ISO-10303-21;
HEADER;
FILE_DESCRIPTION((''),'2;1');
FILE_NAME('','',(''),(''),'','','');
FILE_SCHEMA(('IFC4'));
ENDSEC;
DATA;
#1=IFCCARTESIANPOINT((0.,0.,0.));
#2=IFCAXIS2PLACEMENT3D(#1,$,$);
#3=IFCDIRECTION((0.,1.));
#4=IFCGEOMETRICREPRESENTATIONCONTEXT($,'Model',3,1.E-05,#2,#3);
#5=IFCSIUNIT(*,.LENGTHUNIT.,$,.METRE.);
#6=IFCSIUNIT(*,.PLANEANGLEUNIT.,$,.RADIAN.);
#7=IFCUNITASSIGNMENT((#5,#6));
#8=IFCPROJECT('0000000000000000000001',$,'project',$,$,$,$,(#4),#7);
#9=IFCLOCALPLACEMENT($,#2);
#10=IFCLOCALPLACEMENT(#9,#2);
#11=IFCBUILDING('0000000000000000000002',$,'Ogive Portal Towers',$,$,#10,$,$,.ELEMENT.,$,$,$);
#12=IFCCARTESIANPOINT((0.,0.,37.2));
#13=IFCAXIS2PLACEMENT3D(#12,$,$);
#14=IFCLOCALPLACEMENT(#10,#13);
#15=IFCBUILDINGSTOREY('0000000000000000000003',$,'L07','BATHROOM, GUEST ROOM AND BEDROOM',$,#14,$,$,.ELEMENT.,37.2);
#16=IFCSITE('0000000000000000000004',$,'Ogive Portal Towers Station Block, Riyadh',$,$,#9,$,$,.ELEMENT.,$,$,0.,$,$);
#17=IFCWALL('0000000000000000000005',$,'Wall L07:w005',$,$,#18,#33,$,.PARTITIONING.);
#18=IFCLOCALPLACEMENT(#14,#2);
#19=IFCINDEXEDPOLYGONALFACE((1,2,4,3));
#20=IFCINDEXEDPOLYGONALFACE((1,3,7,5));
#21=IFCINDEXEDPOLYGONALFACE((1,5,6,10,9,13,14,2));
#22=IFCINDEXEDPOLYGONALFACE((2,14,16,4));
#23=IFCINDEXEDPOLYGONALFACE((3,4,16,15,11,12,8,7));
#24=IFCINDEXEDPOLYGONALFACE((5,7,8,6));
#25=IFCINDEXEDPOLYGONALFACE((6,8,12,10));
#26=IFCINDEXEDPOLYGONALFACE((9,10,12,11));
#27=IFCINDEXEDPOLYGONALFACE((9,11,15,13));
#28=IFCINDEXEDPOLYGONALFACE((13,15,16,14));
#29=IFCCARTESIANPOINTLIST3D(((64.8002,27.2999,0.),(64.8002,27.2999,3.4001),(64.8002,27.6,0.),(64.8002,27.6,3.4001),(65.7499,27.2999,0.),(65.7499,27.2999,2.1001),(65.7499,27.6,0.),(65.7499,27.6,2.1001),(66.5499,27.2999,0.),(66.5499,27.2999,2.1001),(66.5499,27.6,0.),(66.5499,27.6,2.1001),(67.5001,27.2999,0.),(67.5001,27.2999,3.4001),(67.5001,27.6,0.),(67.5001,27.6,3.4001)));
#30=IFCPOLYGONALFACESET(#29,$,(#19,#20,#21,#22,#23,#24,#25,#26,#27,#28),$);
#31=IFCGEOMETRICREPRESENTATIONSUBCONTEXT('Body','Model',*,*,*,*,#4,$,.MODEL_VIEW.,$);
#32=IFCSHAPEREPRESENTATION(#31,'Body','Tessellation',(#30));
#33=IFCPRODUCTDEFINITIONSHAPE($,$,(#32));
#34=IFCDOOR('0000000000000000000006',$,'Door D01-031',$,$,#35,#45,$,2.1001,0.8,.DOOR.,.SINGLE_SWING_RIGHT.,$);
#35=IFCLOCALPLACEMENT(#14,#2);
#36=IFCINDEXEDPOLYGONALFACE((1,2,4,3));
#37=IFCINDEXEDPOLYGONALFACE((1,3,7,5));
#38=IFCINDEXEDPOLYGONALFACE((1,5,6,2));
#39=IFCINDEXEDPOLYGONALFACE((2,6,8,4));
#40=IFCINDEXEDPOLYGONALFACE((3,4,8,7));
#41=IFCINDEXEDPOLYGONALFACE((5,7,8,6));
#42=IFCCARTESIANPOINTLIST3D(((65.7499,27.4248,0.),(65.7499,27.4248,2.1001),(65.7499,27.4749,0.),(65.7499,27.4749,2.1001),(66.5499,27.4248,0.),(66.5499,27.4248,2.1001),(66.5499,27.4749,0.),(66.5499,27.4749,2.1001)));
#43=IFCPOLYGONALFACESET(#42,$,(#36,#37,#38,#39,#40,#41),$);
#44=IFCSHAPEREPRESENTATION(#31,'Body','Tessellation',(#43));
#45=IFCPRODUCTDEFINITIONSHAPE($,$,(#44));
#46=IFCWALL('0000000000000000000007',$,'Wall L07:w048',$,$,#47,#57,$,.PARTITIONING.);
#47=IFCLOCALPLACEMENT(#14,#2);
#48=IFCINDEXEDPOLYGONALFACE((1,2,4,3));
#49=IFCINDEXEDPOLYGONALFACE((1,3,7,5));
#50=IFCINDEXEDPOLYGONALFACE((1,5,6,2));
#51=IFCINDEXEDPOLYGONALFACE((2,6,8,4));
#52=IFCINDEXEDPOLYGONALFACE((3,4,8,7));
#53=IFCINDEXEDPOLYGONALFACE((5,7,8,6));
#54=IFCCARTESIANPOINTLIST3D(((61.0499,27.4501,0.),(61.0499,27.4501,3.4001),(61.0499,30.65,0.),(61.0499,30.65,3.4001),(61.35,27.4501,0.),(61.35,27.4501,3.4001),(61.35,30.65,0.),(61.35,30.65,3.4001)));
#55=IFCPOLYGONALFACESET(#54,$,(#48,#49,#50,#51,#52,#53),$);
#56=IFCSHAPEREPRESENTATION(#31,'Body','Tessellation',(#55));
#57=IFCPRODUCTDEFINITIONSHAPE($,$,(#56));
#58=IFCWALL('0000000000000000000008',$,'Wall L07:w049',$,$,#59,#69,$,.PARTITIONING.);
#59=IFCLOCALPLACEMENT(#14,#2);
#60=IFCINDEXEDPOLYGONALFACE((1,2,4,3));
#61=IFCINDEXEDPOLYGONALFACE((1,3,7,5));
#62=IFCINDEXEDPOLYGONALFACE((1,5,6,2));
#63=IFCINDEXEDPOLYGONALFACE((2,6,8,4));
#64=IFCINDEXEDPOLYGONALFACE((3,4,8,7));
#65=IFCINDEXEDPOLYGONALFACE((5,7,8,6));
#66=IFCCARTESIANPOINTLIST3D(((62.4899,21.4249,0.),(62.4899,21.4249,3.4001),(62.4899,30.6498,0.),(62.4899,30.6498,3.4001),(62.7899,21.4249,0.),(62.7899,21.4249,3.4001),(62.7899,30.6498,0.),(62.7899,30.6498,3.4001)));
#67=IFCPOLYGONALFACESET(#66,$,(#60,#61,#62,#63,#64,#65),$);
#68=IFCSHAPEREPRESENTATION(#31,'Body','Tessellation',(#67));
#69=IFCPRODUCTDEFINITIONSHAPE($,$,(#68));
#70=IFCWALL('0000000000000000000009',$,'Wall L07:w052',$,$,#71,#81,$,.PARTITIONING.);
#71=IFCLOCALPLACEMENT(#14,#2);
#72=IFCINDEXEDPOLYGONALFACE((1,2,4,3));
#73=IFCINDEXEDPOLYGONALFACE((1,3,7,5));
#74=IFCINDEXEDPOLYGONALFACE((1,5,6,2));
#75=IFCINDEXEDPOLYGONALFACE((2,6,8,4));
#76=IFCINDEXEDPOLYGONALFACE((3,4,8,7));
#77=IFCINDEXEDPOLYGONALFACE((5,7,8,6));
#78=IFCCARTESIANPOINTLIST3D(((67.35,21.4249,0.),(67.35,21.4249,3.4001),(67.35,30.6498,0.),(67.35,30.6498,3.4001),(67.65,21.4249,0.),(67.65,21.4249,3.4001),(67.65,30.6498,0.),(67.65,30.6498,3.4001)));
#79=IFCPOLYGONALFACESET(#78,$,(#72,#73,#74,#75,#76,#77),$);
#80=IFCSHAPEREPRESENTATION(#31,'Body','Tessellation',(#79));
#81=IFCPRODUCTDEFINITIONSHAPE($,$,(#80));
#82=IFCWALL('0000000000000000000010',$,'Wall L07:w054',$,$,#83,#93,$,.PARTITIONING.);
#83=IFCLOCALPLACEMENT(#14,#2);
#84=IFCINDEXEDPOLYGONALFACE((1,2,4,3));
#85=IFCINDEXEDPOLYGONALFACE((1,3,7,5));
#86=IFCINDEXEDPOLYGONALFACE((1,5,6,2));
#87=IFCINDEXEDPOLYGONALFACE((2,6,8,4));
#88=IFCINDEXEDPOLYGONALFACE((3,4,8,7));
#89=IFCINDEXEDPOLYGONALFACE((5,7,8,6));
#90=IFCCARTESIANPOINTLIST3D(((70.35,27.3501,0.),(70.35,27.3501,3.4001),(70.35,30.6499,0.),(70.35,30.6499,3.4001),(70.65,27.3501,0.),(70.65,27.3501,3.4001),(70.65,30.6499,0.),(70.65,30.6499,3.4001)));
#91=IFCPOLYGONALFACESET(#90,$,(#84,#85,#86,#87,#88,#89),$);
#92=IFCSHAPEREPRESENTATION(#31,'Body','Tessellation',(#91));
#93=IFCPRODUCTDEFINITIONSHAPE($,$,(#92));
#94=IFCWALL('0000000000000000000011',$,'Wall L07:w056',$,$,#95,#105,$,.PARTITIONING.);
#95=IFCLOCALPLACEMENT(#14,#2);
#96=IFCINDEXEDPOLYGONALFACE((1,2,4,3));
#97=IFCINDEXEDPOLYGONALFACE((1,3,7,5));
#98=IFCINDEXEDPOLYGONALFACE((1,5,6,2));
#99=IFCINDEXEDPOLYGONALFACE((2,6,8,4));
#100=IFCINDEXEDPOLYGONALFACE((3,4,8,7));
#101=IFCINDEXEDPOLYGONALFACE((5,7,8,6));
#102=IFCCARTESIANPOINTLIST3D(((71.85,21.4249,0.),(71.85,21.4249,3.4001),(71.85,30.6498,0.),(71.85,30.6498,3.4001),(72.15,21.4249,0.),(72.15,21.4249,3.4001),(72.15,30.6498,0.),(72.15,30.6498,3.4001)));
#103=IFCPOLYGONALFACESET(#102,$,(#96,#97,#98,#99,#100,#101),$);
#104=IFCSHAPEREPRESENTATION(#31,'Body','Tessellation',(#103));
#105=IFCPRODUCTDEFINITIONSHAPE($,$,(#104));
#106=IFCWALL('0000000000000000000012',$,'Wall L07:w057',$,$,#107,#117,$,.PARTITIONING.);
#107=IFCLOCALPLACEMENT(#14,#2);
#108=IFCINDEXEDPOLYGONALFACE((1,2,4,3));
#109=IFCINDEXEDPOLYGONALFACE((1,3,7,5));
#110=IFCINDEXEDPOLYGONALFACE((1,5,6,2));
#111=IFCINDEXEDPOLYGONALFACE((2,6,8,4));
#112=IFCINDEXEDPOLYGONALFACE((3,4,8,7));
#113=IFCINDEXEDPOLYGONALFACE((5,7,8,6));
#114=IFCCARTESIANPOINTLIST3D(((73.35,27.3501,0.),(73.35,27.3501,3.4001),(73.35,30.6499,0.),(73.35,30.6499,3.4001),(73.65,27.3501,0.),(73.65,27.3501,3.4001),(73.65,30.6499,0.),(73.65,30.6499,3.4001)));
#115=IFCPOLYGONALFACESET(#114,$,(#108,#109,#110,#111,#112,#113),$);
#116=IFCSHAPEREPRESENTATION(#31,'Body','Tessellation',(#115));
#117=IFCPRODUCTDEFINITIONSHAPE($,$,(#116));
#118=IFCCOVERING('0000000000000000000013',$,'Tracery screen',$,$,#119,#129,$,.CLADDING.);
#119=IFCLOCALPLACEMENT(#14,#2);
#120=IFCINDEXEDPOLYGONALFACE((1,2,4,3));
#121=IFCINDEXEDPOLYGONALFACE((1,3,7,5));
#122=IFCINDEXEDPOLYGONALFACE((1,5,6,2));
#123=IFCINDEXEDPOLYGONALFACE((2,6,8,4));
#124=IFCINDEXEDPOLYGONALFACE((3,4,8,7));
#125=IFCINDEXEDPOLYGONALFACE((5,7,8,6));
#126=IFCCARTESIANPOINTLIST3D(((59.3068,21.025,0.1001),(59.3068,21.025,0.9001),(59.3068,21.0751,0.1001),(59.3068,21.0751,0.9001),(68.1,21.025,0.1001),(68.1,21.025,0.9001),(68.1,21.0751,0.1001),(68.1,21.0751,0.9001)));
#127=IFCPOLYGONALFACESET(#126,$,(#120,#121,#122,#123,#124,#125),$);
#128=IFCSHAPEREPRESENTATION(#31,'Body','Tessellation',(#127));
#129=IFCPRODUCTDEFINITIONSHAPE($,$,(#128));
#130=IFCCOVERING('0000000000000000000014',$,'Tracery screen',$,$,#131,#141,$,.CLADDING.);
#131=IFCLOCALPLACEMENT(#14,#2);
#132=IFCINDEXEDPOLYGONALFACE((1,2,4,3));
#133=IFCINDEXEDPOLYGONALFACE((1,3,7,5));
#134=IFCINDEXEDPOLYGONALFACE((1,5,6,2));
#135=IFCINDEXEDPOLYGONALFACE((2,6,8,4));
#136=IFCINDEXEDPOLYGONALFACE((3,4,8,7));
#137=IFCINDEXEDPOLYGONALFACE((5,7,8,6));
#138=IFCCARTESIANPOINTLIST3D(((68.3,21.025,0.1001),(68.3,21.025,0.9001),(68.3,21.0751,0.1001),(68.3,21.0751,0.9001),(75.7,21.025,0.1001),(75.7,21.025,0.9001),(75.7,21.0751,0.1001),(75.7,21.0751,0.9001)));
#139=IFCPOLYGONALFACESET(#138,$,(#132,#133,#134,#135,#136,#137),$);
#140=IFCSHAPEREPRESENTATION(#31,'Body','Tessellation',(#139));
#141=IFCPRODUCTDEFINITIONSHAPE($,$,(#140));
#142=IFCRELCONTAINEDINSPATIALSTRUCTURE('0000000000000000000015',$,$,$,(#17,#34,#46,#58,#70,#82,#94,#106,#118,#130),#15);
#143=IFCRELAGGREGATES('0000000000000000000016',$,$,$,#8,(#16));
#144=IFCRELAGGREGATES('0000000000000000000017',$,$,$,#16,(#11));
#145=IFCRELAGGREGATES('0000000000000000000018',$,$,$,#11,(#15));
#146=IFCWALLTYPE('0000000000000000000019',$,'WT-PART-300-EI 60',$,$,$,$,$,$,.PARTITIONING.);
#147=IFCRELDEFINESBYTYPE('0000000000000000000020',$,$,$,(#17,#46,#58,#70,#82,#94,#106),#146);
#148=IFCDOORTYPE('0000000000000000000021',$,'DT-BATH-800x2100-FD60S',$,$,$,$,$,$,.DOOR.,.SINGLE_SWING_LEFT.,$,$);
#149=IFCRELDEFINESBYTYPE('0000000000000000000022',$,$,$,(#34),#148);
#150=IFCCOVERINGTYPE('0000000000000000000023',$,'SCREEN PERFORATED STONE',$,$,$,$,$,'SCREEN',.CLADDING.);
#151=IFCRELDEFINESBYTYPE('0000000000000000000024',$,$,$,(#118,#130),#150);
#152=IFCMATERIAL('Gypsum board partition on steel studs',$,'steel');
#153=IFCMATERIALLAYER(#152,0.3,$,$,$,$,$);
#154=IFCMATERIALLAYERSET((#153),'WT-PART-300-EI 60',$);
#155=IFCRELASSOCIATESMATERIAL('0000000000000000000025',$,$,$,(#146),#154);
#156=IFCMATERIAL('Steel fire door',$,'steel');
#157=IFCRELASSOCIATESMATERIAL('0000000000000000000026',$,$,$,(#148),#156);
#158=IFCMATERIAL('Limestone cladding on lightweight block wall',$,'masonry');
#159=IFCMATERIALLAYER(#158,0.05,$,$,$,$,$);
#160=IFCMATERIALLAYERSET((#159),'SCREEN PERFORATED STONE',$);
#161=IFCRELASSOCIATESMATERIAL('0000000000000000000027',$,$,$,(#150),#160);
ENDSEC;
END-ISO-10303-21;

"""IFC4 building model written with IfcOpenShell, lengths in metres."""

from ifc_helpers import new_model, si_unit, direction, frame, frame_2d, origin, origin_2d, place, context, subcontext, project, spatial, rectangle, extrude, material, layer, layer_set, type_object, element, fill, save


model = new_model("IFC4")

# Units and contexts
model_context = context("Model", 3, precision=1e-05, world=origin(), true_north=direction((0.0, 1.0)))
body_context = subcontext(model_context, "Body", "Model", "MODEL_VIEW")
ifc_project = project(units=[si_unit("LENGTHUNIT", "METRE"), si_unit("PLANEANGLEUNIT", "RADIAN")], contexts=[model_context])

# Site, building, storey
site_placement = place(None, origin())
site = spatial("IfcSite", under=ifc_project, at=site_placement, Name="Ogive Portal Towers Station Block, Riyadh", CompositionType="ELEMENT", RefElevation=0.0)
building_placement = place(site_placement, origin())
building = spatial("IfcBuilding", under=site, at=building_placement, Name="Ogive Portal Towers", CompositionType="ELEMENT")
storey_placement = place(building_placement, frame((0.0, 0.0, 37.2)))
storey = spatial("IfcBuildingStorey", under=building, at=storey_placement, Name="L07", Description="BATHROOM, GUEST ROOM AND BEDROOM", CompositionType="ELEMENT", Elevation=37.2)

# Shared definitions
ifc_material_1 = material(Name="Limestone cladding on lightweight block wall", Category="masonry")

# Wall, opening, door
ifc_material_2 = material(Name="Gypsum board partition on steel studs", Category="steel")
ifc_layer_1 = layer(ifc_material_2, 0.3)
ifc_layer_set_1 = layer_set([ifc_layer_1], Name="WT-PART-300-EI 60")
wall_type_1 = type_object("IfcWallType", Name="WT-PART-300-EI 60", PredefinedType="PARTITIONING", material=ifc_layer_set_1)
ifc_material_3 = material(Name="Steel fire door", Category="steel")
door_type = type_object("IfcDoorType", Name="DT-BATH-800x2100-FD60S", OperationType="SINGLE_SWING_LEFT", PredefinedType="DOOR", material=ifc_material_3)
wall_1_placement = place(storey_placement, frame((64.8, 27.45, 0.0), z_axis=(0.0, 0.0, 1.0), x_axis=(1.0, 0.0, 0.0)))
wall_1 = element("IfcWall", 1, at=wall_1_placement, inside=storey, type_object=wall_type_1, Name="Wall L07:w005", PredefinedType="PARTITIONING", context=body_context, shape_type="SweptSolid", body=[
    extrude(rectangle(XDim=2.7, YDim=0.3, at=frame_2d((1.3501, 0.0))), origin(), (0.0, 0.0, 1.0), 3.4001),
])
opening_1_placement = place(wall_1_placement, frame((0.95, 0.0, 0.0)))
opening_1 = element("IfcOpeningElement", 2, at=opening_1_placement, cuts=wall_1, PredefinedType="OPENING", context=body_context, shape_type="SweptSolid", body=[
    extrude(rectangle(XDim=0.8, YDim=2.1001, at=frame_2d((0.3999, 1.05))), frame((0.0, 0.1602, 0.0), z_axis=(0.0, -1.0, 0.0), x_axis=(1.0, 0.0, 0.0)), (0.0, 0.0, 1.0), 0.3201),
])
door_1_placement = place(opening_1_placement, origin())
door_1 = element("IfcDoor", 3, at=door_1_placement, inside=storey, type_object=door_type, Name="Door D01-031", OperationType="SINGLE_SWING_RIGHT", OverallHeight=2.1001, OverallWidth=0.8, PredefinedType="DOOR", context=body_context, shape_type="SweptSolid", body=[
    extrude(rectangle(XDim=0.8, YDim=2.1001, at=frame_2d((0.3999, 1.05))), frame((0.0, 0.0249, 0.0), z_axis=(0.0, -1.0, 0.0), x_axis=(1.0, 0.0, 0.0)), (0.0, 0.0, 1.0), 0.05),
])
fill(opening_1, door_1)

# Walls
wall_2_placement = place(storey_placement, frame((61.2, 27.45, 0.0), z_axis=(0.0, 0.0, 1.0), x_axis=(0.0, 1.0, 0.0)))
element("IfcWall", 4, at=wall_2_placement, inside=storey, type_object=wall_type_1, Name="Wall L07:w048", PredefinedType="PARTITIONING", context=body_context, shape_type="SweptSolid", body=[
    extrude(rectangle(XDim=3.2, YDim=0.3, at=frame_2d((1.6001, 0.0))), origin(), (0.0, 0.0, 1.0), 3.4001),
])
for number, where, z_axis, x_axis, name in (
    (5, (62.6399, 21.425, 0.0), (0.0, 0.0, 1.0), (0.0, 1.0, 0.0), "Wall L07:w049"),
    (6, (67.5, 21.425, 0.0), (0.0, 0.0, 1.0), (0.0, 1.0, 0.0), "Wall L07:w052"),
):
    element("IfcWall", number, at=place(storey_placement, frame(where, z_axis=z_axis, x_axis=x_axis)), inside=storey, type_object=wall_type_1, Name=name, PredefinedType="PARTITIONING", context=body_context, shape_type="SweptSolid", body=[
        extrude(rectangle(XDim=9.2249, YDim=0.3, at=frame_2d((4.6123, 0.0))), origin(), (0.0, 0.0, 1.0), 3.4001),
    ])
wall_3_placement = place(storey_placement, frame((70.5, 27.3501, 0.0), z_axis=(0.0, 0.0, 1.0), x_axis=(0.0, 1.0, 0.0)))
element("IfcWall", 7, at=wall_3_placement, inside=storey, type_object=wall_type_1, Name="Wall L07:w054", PredefinedType="PARTITIONING", context=body_context, shape_type="SweptSolid", body=[
    extrude(rectangle(XDim=3.2998, YDim=0.3, at=frame_2d((1.6499, 0.0))), origin(), (0.0, 0.0, 1.0), 3.4001),
])
wall_4_placement = place(storey_placement, frame((72.0, 21.425, 0.0), z_axis=(0.0, 0.0, 1.0), x_axis=(0.0, 1.0, 0.0)))
element("IfcWall", 8, at=wall_4_placement, inside=storey, type_object=wall_type_1, Name="Wall L07:w056", PredefinedType="PARTITIONING", context=body_context, shape_type="SweptSolid", body=[
    extrude(rectangle(XDim=9.2249, YDim=0.3, at=frame_2d((4.6123, 0.0))), origin(), (0.0, 0.0, 1.0), 3.4001),
])
wall_5_placement = place(storey_placement, frame((73.5, 27.3501, 0.0), z_axis=(0.0, 0.0, 1.0), x_axis=(0.0, 1.0, 0.0)))
element("IfcWall", 9, at=wall_5_placement, inside=storey, type_object=wall_type_1, Name="Wall L07:w057", PredefinedType="PARTITIONING", context=body_context, shape_type="SweptSolid", body=[
    extrude(rectangle(XDim=3.2998, YDim=0.3, at=frame_2d((1.6499, 0.0))), origin(), (0.0, 0.0, 1.0), 3.4001),
])

# Coverings
ifc_layer_2 = layer(ifc_material_1, 0.05)
ifc_layer_set_2 = layer_set([ifc_layer_2], Name="SCREEN PERFORATED STONE")
covering_type = type_object("IfcCoveringType", Name="SCREEN PERFORATED STONE", ElementType="SCREEN", PredefinedType="CLADDING", material=ifc_layer_set_2)
covering_1_placement = place(storey_placement, frame((63.7034, 21.05, 0.1001), z_axis=(0.0, 0.0, 1.0), x_axis=(1.0, 0.0, 0.0)))
element("IfcCovering", 10, at=covering_1_placement, inside=storey, type_object=covering_type, Name="Tracery screen", PredefinedType="CLADDING", context=body_context, shape_type="SweptSolid", body=[
    extrude(rectangle(XDim=8.7932, YDim=0.05, at=origin_2d()), origin(), (0.0, 0.0, 1.0), 0.8),
])
covering_2_placement = place(storey_placement, frame((72.0, 21.05, 0.1001), z_axis=(0.0, 0.0, 1.0), x_axis=(1.0, 0.0, 0.0)))
element("IfcCovering", 11, at=covering_2_placement, inside=storey, type_object=covering_type, Name="Tracery screen", PredefinedType="CLADDING", context=body_context, shape_type="SweptSolid", body=[
    extrude(rectangle(XDim=7.3999, YDim=0.05, at=origin_2d()), origin(), (0.0, 0.0, 1.0), 0.8),
])

save(model, "model.ifc")
